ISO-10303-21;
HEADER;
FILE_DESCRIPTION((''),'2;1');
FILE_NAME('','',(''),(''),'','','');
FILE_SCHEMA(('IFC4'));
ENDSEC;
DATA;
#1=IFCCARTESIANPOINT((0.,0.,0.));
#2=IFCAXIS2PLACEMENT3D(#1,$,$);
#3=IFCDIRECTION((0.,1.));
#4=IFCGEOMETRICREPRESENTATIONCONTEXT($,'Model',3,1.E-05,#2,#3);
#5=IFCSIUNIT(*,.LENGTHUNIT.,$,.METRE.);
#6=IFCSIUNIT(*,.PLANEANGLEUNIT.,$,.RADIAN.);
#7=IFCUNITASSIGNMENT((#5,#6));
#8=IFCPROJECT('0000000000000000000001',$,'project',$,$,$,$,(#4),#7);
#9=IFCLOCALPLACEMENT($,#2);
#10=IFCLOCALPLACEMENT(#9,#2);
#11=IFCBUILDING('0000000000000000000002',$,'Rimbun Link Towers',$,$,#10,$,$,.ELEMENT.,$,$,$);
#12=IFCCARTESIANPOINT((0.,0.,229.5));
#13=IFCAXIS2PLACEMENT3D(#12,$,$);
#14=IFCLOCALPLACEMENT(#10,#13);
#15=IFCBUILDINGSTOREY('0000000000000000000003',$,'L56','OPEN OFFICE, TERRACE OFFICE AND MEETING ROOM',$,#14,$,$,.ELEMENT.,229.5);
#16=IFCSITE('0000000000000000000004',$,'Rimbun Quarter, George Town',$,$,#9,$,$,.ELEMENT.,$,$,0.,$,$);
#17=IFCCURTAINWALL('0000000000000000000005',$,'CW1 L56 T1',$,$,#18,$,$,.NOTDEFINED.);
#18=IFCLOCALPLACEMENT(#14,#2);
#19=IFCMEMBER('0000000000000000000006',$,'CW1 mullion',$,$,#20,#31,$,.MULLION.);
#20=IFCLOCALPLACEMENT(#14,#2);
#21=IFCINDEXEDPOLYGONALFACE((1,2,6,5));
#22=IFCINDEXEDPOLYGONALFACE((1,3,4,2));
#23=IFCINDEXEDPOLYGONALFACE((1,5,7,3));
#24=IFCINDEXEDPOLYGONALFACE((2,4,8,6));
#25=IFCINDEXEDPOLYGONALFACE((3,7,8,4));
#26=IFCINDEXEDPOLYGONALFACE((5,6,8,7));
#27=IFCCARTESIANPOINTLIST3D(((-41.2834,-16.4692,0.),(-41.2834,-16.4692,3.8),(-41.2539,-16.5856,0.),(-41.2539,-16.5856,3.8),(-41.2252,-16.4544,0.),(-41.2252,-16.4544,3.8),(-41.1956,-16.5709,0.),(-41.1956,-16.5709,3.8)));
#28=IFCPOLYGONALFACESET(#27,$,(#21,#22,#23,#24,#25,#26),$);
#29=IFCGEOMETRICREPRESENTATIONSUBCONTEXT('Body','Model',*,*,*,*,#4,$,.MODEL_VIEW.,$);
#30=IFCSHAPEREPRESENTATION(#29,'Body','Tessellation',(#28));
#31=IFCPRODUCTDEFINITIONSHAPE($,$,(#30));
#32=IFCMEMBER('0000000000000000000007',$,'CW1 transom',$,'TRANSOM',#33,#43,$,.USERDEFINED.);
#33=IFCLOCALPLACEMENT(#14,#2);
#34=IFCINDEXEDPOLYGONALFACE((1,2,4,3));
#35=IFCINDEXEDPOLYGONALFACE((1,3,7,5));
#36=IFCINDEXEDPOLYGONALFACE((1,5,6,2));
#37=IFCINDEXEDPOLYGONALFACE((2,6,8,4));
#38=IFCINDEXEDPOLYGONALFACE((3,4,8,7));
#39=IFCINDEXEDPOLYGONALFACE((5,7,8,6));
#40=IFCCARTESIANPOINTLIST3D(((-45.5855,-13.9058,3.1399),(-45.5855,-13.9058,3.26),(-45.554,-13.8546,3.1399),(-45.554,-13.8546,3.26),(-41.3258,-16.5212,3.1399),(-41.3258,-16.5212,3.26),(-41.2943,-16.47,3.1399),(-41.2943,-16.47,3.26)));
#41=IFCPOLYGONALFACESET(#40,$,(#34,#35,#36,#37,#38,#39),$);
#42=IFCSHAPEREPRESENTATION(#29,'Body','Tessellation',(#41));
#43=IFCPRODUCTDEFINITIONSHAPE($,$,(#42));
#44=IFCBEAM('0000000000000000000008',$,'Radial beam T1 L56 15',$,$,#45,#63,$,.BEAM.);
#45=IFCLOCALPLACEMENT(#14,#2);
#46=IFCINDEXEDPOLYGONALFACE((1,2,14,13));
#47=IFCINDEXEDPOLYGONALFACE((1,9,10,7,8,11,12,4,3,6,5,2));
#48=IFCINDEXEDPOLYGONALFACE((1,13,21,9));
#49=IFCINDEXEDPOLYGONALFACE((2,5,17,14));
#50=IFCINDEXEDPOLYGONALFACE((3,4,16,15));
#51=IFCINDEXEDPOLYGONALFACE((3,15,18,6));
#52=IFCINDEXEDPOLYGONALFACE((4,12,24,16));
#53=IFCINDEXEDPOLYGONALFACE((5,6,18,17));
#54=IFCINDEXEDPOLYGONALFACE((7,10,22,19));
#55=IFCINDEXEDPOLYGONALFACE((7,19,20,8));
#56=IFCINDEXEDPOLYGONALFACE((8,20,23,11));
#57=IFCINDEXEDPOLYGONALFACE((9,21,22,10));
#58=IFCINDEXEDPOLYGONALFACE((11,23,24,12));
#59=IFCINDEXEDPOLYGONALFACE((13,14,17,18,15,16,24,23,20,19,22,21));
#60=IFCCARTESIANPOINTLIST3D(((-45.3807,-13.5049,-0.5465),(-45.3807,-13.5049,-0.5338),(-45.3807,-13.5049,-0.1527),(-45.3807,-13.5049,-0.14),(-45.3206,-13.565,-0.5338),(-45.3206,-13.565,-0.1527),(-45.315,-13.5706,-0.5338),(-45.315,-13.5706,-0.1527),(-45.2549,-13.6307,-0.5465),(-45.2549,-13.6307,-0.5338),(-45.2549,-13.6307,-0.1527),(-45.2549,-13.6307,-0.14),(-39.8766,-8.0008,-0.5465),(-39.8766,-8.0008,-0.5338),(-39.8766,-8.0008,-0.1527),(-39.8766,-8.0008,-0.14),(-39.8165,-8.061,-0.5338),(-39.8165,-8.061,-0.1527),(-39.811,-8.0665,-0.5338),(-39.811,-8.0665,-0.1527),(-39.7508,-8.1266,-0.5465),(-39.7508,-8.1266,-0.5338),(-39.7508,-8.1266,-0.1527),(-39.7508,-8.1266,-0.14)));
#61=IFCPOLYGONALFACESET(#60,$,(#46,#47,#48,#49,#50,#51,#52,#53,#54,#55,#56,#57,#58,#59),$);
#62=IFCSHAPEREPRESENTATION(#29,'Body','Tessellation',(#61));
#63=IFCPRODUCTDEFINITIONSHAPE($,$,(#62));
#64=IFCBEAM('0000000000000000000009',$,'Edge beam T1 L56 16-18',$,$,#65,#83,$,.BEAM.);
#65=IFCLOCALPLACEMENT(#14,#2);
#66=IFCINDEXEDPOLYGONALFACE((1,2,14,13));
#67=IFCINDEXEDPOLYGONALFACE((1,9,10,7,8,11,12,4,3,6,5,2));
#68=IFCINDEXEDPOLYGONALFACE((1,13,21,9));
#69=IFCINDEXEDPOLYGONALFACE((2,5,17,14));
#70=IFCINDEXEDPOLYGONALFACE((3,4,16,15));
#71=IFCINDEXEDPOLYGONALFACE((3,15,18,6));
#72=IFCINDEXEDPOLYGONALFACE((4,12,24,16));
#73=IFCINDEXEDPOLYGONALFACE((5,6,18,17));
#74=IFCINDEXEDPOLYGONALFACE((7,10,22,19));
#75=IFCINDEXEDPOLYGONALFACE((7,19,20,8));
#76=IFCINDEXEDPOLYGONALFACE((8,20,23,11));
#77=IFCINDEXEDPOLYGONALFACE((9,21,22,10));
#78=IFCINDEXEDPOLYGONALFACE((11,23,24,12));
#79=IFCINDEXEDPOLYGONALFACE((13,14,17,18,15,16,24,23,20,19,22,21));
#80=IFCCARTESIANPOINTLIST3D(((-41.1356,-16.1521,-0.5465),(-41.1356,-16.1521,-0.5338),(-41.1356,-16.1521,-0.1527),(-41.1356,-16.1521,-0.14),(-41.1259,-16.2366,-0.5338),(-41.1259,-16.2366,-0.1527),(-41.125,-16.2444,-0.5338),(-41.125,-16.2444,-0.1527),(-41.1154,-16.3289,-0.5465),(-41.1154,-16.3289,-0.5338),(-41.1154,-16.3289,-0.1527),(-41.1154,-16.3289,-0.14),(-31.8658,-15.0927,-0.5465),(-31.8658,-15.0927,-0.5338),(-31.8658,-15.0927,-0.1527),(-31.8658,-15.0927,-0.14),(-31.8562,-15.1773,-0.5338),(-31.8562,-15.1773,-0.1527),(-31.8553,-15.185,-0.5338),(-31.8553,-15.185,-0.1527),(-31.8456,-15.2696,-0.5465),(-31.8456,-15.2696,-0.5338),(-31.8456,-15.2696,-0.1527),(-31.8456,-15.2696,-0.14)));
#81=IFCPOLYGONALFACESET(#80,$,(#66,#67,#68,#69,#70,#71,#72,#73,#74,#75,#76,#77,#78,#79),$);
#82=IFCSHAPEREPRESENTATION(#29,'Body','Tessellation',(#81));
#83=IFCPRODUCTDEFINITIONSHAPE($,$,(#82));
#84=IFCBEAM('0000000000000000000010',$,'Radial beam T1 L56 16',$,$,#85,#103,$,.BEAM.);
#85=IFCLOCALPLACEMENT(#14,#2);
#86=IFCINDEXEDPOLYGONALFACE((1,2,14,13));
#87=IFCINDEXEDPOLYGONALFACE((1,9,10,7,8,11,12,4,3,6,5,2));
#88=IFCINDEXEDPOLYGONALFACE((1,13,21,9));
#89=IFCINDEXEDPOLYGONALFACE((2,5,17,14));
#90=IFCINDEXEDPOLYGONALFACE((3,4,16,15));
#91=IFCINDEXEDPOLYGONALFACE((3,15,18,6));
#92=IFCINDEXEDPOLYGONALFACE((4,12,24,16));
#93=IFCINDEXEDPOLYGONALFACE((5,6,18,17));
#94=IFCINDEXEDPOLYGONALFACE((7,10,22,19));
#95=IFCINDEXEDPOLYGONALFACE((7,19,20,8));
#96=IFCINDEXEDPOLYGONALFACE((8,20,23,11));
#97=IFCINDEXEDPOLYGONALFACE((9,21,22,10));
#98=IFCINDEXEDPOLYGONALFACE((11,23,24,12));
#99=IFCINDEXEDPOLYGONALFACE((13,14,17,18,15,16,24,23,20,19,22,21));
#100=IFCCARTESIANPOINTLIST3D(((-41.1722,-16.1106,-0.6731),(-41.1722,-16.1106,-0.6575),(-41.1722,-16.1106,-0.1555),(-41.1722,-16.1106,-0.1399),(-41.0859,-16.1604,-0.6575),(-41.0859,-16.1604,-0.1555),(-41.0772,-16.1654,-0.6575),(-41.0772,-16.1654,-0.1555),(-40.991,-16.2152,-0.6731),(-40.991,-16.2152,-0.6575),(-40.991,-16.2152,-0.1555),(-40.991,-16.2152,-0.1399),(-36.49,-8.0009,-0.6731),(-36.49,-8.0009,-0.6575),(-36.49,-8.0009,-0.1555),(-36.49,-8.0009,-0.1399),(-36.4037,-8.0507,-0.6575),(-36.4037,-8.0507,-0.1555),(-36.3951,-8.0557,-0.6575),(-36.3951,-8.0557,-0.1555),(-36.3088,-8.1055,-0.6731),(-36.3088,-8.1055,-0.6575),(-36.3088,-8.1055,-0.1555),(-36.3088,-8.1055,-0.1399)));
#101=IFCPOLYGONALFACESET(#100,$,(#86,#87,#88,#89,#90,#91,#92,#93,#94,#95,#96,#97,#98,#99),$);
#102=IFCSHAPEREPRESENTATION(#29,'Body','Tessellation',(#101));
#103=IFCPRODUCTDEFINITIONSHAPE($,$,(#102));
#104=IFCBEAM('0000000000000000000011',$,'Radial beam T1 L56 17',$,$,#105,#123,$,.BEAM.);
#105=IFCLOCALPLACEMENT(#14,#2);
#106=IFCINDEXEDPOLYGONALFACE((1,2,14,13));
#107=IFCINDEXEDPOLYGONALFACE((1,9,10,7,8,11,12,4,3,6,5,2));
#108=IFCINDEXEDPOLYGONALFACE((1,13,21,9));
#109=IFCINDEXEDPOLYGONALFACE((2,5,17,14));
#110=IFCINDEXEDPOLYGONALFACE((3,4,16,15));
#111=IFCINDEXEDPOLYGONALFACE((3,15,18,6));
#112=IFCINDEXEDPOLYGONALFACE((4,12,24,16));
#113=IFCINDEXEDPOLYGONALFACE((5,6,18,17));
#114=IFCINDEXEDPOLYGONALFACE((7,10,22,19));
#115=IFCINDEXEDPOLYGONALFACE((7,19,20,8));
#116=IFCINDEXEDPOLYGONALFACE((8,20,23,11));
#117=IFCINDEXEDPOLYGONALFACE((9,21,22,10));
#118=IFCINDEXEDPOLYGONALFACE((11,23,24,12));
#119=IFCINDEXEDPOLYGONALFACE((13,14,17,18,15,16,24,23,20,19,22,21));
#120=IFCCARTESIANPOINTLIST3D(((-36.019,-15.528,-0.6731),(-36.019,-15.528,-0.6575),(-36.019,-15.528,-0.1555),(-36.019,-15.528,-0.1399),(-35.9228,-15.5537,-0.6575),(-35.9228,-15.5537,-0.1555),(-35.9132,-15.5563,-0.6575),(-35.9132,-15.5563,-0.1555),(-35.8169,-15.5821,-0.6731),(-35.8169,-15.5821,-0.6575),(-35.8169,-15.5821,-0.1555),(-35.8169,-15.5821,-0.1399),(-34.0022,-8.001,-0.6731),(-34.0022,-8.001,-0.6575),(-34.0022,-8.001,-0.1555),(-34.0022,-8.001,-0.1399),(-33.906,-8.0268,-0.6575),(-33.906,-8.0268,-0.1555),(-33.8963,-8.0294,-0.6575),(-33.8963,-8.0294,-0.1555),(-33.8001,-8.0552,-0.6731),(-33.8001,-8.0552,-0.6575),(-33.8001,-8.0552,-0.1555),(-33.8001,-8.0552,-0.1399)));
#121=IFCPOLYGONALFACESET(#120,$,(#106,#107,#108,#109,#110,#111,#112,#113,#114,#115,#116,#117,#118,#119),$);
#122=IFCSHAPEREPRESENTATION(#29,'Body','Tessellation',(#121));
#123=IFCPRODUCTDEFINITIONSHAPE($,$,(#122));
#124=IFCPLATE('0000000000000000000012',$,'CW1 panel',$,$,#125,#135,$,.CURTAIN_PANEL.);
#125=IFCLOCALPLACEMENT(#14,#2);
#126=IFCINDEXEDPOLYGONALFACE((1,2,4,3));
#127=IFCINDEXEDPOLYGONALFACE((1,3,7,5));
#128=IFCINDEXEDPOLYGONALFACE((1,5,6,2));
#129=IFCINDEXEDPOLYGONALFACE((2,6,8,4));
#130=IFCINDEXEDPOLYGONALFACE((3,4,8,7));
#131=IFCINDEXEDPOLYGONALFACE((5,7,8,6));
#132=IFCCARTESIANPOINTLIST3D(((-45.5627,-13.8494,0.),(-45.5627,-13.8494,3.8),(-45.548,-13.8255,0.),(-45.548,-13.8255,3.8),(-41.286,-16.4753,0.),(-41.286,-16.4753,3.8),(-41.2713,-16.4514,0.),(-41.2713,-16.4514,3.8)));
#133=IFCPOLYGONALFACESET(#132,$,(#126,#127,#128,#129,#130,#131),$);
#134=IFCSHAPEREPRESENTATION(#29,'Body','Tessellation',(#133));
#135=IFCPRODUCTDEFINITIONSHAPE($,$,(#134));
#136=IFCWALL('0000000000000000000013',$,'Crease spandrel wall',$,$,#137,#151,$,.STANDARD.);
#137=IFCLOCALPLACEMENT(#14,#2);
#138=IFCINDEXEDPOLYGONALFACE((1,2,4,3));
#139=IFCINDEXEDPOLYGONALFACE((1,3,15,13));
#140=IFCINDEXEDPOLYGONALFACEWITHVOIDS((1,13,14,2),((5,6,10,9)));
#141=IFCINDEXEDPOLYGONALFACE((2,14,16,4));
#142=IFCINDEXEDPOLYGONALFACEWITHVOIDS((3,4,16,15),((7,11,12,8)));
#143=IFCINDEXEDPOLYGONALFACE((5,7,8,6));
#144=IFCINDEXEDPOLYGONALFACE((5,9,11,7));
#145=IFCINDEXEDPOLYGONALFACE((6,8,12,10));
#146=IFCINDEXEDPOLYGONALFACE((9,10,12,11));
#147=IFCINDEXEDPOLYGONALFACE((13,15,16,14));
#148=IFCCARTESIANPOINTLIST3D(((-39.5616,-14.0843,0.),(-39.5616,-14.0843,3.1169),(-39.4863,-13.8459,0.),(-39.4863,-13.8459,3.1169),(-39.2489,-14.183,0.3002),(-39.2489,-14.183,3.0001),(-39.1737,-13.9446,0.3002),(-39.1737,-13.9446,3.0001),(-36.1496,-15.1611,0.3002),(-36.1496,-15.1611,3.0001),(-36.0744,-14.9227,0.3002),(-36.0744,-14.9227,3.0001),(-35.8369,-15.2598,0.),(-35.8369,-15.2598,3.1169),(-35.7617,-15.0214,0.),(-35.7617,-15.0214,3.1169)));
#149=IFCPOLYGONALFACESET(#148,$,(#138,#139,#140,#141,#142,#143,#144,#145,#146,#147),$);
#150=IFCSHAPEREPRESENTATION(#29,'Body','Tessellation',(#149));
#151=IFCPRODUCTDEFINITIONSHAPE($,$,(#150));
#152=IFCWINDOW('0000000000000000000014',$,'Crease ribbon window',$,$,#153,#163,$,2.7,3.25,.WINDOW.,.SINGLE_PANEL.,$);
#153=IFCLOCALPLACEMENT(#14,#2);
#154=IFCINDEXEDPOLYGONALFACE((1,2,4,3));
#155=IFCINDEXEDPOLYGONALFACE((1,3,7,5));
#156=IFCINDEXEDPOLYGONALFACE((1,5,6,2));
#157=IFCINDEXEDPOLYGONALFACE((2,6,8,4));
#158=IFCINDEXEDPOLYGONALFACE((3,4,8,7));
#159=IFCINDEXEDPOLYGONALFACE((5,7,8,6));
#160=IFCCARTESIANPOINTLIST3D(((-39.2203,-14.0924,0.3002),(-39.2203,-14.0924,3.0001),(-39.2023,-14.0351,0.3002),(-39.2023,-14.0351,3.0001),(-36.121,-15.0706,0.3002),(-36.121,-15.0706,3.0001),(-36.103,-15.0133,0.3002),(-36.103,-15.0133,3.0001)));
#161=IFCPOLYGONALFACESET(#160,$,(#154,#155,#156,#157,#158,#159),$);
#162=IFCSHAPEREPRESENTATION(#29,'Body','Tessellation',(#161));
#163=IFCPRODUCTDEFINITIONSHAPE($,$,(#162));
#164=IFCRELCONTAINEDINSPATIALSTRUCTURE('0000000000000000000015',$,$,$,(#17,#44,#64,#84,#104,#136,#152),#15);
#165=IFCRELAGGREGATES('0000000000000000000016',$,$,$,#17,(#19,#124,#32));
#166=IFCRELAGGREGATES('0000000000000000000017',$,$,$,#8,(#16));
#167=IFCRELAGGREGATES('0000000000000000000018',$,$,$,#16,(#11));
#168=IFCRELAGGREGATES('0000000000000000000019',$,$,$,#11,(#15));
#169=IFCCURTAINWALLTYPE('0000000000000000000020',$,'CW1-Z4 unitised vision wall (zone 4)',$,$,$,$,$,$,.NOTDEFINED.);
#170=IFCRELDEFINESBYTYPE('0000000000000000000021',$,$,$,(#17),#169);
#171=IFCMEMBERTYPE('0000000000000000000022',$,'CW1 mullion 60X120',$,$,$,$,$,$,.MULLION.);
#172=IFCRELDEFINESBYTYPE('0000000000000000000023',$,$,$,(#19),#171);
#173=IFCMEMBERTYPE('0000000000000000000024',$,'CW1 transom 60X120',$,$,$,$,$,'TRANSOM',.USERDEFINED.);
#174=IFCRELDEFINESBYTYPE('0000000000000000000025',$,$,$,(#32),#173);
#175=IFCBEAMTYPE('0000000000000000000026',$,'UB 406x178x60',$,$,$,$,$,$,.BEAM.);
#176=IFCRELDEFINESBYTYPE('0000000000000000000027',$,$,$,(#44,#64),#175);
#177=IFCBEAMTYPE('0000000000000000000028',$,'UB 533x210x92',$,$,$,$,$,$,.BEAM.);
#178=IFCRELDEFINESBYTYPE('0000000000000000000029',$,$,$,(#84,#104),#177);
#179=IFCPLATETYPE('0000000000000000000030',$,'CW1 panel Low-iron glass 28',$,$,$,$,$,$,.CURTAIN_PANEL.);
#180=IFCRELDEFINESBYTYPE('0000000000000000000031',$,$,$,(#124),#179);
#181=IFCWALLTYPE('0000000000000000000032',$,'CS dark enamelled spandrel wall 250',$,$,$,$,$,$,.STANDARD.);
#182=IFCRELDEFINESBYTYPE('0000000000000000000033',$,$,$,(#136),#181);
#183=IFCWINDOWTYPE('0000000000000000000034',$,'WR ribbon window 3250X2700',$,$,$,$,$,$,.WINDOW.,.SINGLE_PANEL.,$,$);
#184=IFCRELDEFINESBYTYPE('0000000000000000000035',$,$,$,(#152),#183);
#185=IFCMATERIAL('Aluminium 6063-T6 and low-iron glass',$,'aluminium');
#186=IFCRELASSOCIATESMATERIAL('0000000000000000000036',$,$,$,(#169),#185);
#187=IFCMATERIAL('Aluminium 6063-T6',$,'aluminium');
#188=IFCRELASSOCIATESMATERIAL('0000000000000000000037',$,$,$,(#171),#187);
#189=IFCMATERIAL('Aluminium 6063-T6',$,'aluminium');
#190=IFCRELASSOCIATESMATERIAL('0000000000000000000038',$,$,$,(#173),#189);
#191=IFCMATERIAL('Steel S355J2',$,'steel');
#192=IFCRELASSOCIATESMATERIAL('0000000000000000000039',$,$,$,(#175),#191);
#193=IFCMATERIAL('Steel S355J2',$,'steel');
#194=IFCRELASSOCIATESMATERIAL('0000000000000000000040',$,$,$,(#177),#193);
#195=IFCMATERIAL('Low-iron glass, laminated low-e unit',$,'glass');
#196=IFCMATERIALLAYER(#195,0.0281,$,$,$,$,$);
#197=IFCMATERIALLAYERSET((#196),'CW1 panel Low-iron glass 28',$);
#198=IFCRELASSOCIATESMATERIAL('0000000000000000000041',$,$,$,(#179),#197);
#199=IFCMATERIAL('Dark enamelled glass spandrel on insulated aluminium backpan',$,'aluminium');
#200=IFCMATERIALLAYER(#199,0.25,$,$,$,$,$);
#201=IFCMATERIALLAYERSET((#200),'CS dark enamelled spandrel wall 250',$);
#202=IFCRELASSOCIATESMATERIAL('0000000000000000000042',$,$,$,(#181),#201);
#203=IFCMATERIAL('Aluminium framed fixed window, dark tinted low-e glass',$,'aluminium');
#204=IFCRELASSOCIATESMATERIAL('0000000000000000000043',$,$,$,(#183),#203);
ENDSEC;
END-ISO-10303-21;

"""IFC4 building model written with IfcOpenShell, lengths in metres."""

from ifc_helpers import new_model, si_unit, direction, frame, frame_2d, origin, origin_2d, place, context, subcontext, project, spatial, rectangle, i_section, extrude, material, layer, layer_set, material_profile, profile_set, type_object, element, fill, aggregate, save


model = new_model("IFC4")

# Units and contexts
model_context = context("Model", 3, precision=1e-05, world=origin(), true_north=direction((0.0, 1.0)))
body_context = subcontext(model_context, "Body", "Model", "MODEL_VIEW")
ifc_project = project(units=[si_unit("LENGTHUNIT", "METRE"), si_unit("PLANEANGLEUNIT", "RADIAN")], contexts=[model_context])

# Site, building, storey
site_placement = place(None, origin())
site = spatial("IfcSite", under=ifc_project, at=site_placement, Name="Rimbun Quarter, George Town", CompositionType="ELEMENT", RefElevation=0.0)
building_placement = place(site_placement, origin())
building = spatial("IfcBuilding", under=site, at=building_placement, Name="Rimbun Link Towers", CompositionType="ELEMENT")
storey_placement = place(building_placement, frame((0.0, 0.0, 229.5)))
storey = spatial("IfcBuildingStorey", under=building, at=storey_placement, Name="L56", Description="OPEN OFFICE, TERRACE OFFICE AND MEETING ROOM", CompositionType="ELEMENT", Elevation=229.5)

# Curtain wall, members
ifc_material_1 = material(Name="Aluminium 6063-T6 and low-iron glass", Category="aluminium")
curtain_wall_type = type_object("IfcCurtainWallType", Name="CW1-Z4 unitised vision wall (zone 4)", PredefinedType="NOTDEFINED", material=ifc_material_1)
curtain_wall_placement = place(storey_placement, origin())
curtain_wall = element("IfcCurtainWall", 1, at=curtain_wall_placement, inside=storey, type_object=curtain_wall_type, Name="CW1 L56 T1", PredefinedType="NOTDEFINED")
ifc_material_2 = material(Name="Aluminium 6063-T6", Category="aluminium")
ifc_material_profile_1 = material_profile(ifc_material_2, rectangle(XDim=0.1201, YDim=0.0601, at=origin_2d()), Name="MULLION 60X120")
ifc_profile_set_1 = profile_set([ifc_material_profile_1], Name="Aluminium 6063-T6")
member_type_1 = type_object("IfcMemberType", Name="CW1 mullion 60X120", PredefinedType="MULLION", material=ifc_profile_set_1)
member_1_placement = place(storey_placement, frame((-41.2395, -16.52, 0.0), z_axis=(0.0, 0.0, 1.0), x_axis=(0.245735, -0.969337, 0.0)))
member_1 = element("IfcMember", 2, at=member_1_placement, type_object=member_type_1, Name="CW1 mullion", PredefinedType="MULLION", context=body_context, shape_type="SweptSolid", body=[
    extrude(rectangle(XDim=0.1201, YDim=0.0601, at=origin_2d()), origin(), (0.0, 0.0, 1.0), 3.8),
])
ifc_material_3 = material(Name="Aluminium 6063-T6", Category="aluminium")
ifc_material_profile_2 = material_profile(ifc_material_3, rectangle(XDim=0.0601, YDim=0.1201, at=origin_2d()), Name="TRANSOM 60X120")
ifc_profile_set_2 = profile_set([ifc_material_profile_2], Name="Aluminium 6063-T6")
member_type_2 = type_object("IfcMemberType", Name="CW1 transom 60X120", ElementType="TRANSOM", PredefinedType="USERDEFINED", material=ifc_profile_set_2)
member_2_placement = place(storey_placement, frame((-41.3101, -16.4956, 3.2), z_axis=(-0.852186, 0.523239, 0.0), x_axis=(-0.523239, -0.852186, 0.0)))
member_2 = element("IfcMember", 3, at=member_2_placement, type_object=member_type_2, Name="CW1 transom", ObjectType="TRANSOM", PredefinedType="USERDEFINED", context=body_context, shape_type="SweptSolid", body=[
    extrude(rectangle(XDim=0.0601, YDim=0.1201, at=origin_2d()), origin(), (0.0, 0.0, 1.0), 4.9985),
])

# Beams
ifc_material_4 = material(Name="Steel S355J2", Category="steel")
ifc_material_profile_3 = material_profile(ifc_material_4, i_section(OverallWidth=0.178, OverallDepth=0.4065, WebThickness=0.0078, FlangeThickness=0.0127, at=origin_2d()), Name="UB 406x178x60")
ifc_profile_set_3 = profile_set([ifc_material_profile_3], Name="Steel S355J2")
beam_type_1 = type_object("IfcBeamType", Name="UB 406x178x60", PredefinedType="BEAM", material=ifc_profile_set_3)
beam_1_placement = place(storey_placement, frame((-39.8137, -8.0637, -0.3433), z_axis=(-0.707107, -0.707107, 0.0), x_axis=(0.707107, -0.707107, 0.0)))
element("IfcBeam", 4, at=beam_1_placement, inside=storey, type_object=beam_type_1, Name="Radial beam T1 L56 15", PredefinedType="BEAM", context=body_context, shape_type="SweptSolid", body=[
    extrude(i_section(OverallWidth=0.178, OverallDepth=0.4065, WebThickness=0.0078, FlangeThickness=0.0127, at=origin_2d()), origin(), (0.0, 0.0, 1.0), 7.7839),
])
beam_2_placement = place(storey_placement, frame((-41.1255, -16.2405, -0.3433), z_axis=(0.993534, 0.113538, 0.0), x_axis=(-0.113538, 0.993534, 0.0)))
element("IfcBeam", 5, at=beam_2_placement, inside=storey, type_object=beam_type_1, Name="Edge beam T1 L56 16-18", PredefinedType="BEAM", context=body_context, shape_type="SweptSolid", body=[
    extrude(i_section(OverallWidth=0.178, OverallDepth=0.4065, WebThickness=0.0078, FlangeThickness=0.0127, at=origin_2d()), origin(), (0.0, 0.0, 1.0), 9.3301),
])
ifc_material_5 = material(Name="Steel S355J2", Category="steel")
ifc_material_profile_4 = material_profile(ifc_material_5, i_section(OverallWidth=0.2092, OverallDepth=0.5332, WebThickness=0.01, FlangeThickness=0.0156, at=origin_2d()), Name="UB 533x210x92")
ifc_profile_set_4 = profile_set([ifc_material_profile_4], Name="Steel S355J2")
beam_type_2 = type_object("IfcBeamType", Name="UB 533x210x92", PredefinedType="BEAM", material=ifc_profile_set_4)
beam_3_placement = place(storey_placement, frame((-36.3994, -8.0532, -0.4065), z_axis=(-0.500003, -0.866024, 0.0), x_axis=(0.866024, -0.500003, 0.0)))
element("IfcBeam", 6, at=beam_3_placement, inside=storey, type_object=beam_type_2, Name="Radial beam T1 L56 16", PredefinedType="BEAM", context=body_context, shape_type="SweptSolid", body=[
    extrude(i_section(OverallWidth=0.2092, OverallDepth=0.5332, WebThickness=0.01, FlangeThickness=0.0156, at=origin_2d()), origin(), (0.0, 0.0, 1.0), 9.3643),
])
beam_4_placement = place(storey_placement, frame((-33.9011, -8.0281, -0.4065), z_axis=(-0.258823, -0.965925, 0.0), x_axis=(0.965925, -0.258823, 0.0)))
element("IfcBeam", 7, at=beam_4_placement, inside=storey, type_object=beam_type_2, Name="Radial beam T1 L56 17", PredefinedType="BEAM", context=body_context, shape_type="SweptSolid", body=[
    extrude(i_section(OverallWidth=0.2092, OverallDepth=0.5332, WebThickness=0.01, FlangeThickness=0.0156, at=origin_2d()), origin(), (0.0, 0.0, 1.0), 7.7925),
])

# Plate
ifc_material_6 = material(Name="Low-iron glass, laminated low-e unit", Category="glass")
ifc_layer_1 = layer(ifc_material_6, 0.0281)
ifc_layer_set_1 = layer_set([ifc_layer_1], Name="CW1 panel Low-iron glass 28")
plate_type = type_object("IfcPlateType", Name="CW1 panel Low-iron glass 28", PredefinedType="CURTAIN_PANEL", material=ifc_layer_set_1)
plate_placement = place(storey_placement, frame((-43.417, -15.1504, 0.0), z_axis=(0.0, 0.0, 1.0), x_axis=(-0.852187, 0.523237, 0.0)))
plate = element("IfcPlate", 8, at=plate_placement, type_object=plate_type, Name="CW1 panel", PredefinedType="CURTAIN_PANEL", context=body_context, shape_type="SweptSolid", body=[
    extrude(rectangle(XDim=5.0186, YDim=0.0281, at=origin_2d()), origin(), (0.0, 0.0, 1.0), 3.8),
])
aggregate(curtain_wall, [member_1, plate, member_2])

# Wall, opening, window
ifc_material_7 = material(Name="Dark enamelled glass spandrel on insulated aluminium backpan", Category="aluminium")
ifc_layer_2 = layer(ifc_material_7, 0.25)
ifc_layer_set_2 = layer_set([ifc_layer_2], Name="CS dark enamelled spandrel wall 250")
wall_type_1 = type_object("IfcWallType", Name="CS dark enamelled spandrel wall 250", PredefinedType="STANDARD", material=ifc_layer_set_2)
wall_1_placement = place(storey_placement, frame((-35.7993, -15.1406, 0.0), z_axis=(0.0, 0.0, 1.0), x_axis=(-0.953631, 0.300979, 0.0)))
wall_1 = element("IfcWall", 9, at=wall_1_placement, inside=storey, type_object=wall_type_1, Name="Crease spandrel wall", PredefinedType="STANDARD", context=body_context, shape_type="SweptSolid", body=[
    extrude(rectangle(XDim=3.9058, YDim=0.25, at=frame_2d((1.9529, 0.0))), origin(), (0.0, 0.0, 1.0), 3.1169),
])
opening_1_placement = place(wall_1_placement, frame((0.3279, 0.0, 0.3)))
opening_1 = element("IfcOpeningElement", 10, at=opening_1_placement, cuts=wall_1, PredefinedType="OPENING", context=body_context, shape_type="SweptSolid", body=[
    extrude(rectangle(XDim=3.25, YDim=2.7, at=frame_2d((1.625, 1.3501))), frame((0.0, 0.135, 0.0), z_axis=(0.0, -1.0, 0.0), x_axis=(1.0, 0.0, 0.0)), (0.0, 0.0, 1.0), 0.27),
])
ifc_material_8 = material(Name="Aluminium framed fixed window, dark tinted low-e glass", Category="aluminium")
window_type_1 = type_object("IfcWindowType", Name="WR ribbon window 3250X2700", PartitioningType="SINGLE_PANEL", PredefinedType="WINDOW", material=ifc_material_8)
window_1_placement = place(opening_1_placement, origin())
window_1 = element("IfcWindow", 11, at=window_1_placement, inside=storey, type_object=window_type_1, Name="Crease ribbon window", OverallHeight=2.7, OverallWidth=3.25, PartitioningType="SINGLE_PANEL", PredefinedType="WINDOW", context=body_context, shape_type="SweptSolid", body=[
    extrude(rectangle(XDim=3.25, YDim=2.7, at=frame_2d((1.625, 1.3501))), frame((0.0, 0.03, 0.0), z_axis=(0.0, -1.0, 0.0), x_axis=(1.0, 0.0, 0.0)), (0.0, 0.0, 1.0), 0.0601),
])
fill(opening_1, window_1)

save(model, "model.ifc")
